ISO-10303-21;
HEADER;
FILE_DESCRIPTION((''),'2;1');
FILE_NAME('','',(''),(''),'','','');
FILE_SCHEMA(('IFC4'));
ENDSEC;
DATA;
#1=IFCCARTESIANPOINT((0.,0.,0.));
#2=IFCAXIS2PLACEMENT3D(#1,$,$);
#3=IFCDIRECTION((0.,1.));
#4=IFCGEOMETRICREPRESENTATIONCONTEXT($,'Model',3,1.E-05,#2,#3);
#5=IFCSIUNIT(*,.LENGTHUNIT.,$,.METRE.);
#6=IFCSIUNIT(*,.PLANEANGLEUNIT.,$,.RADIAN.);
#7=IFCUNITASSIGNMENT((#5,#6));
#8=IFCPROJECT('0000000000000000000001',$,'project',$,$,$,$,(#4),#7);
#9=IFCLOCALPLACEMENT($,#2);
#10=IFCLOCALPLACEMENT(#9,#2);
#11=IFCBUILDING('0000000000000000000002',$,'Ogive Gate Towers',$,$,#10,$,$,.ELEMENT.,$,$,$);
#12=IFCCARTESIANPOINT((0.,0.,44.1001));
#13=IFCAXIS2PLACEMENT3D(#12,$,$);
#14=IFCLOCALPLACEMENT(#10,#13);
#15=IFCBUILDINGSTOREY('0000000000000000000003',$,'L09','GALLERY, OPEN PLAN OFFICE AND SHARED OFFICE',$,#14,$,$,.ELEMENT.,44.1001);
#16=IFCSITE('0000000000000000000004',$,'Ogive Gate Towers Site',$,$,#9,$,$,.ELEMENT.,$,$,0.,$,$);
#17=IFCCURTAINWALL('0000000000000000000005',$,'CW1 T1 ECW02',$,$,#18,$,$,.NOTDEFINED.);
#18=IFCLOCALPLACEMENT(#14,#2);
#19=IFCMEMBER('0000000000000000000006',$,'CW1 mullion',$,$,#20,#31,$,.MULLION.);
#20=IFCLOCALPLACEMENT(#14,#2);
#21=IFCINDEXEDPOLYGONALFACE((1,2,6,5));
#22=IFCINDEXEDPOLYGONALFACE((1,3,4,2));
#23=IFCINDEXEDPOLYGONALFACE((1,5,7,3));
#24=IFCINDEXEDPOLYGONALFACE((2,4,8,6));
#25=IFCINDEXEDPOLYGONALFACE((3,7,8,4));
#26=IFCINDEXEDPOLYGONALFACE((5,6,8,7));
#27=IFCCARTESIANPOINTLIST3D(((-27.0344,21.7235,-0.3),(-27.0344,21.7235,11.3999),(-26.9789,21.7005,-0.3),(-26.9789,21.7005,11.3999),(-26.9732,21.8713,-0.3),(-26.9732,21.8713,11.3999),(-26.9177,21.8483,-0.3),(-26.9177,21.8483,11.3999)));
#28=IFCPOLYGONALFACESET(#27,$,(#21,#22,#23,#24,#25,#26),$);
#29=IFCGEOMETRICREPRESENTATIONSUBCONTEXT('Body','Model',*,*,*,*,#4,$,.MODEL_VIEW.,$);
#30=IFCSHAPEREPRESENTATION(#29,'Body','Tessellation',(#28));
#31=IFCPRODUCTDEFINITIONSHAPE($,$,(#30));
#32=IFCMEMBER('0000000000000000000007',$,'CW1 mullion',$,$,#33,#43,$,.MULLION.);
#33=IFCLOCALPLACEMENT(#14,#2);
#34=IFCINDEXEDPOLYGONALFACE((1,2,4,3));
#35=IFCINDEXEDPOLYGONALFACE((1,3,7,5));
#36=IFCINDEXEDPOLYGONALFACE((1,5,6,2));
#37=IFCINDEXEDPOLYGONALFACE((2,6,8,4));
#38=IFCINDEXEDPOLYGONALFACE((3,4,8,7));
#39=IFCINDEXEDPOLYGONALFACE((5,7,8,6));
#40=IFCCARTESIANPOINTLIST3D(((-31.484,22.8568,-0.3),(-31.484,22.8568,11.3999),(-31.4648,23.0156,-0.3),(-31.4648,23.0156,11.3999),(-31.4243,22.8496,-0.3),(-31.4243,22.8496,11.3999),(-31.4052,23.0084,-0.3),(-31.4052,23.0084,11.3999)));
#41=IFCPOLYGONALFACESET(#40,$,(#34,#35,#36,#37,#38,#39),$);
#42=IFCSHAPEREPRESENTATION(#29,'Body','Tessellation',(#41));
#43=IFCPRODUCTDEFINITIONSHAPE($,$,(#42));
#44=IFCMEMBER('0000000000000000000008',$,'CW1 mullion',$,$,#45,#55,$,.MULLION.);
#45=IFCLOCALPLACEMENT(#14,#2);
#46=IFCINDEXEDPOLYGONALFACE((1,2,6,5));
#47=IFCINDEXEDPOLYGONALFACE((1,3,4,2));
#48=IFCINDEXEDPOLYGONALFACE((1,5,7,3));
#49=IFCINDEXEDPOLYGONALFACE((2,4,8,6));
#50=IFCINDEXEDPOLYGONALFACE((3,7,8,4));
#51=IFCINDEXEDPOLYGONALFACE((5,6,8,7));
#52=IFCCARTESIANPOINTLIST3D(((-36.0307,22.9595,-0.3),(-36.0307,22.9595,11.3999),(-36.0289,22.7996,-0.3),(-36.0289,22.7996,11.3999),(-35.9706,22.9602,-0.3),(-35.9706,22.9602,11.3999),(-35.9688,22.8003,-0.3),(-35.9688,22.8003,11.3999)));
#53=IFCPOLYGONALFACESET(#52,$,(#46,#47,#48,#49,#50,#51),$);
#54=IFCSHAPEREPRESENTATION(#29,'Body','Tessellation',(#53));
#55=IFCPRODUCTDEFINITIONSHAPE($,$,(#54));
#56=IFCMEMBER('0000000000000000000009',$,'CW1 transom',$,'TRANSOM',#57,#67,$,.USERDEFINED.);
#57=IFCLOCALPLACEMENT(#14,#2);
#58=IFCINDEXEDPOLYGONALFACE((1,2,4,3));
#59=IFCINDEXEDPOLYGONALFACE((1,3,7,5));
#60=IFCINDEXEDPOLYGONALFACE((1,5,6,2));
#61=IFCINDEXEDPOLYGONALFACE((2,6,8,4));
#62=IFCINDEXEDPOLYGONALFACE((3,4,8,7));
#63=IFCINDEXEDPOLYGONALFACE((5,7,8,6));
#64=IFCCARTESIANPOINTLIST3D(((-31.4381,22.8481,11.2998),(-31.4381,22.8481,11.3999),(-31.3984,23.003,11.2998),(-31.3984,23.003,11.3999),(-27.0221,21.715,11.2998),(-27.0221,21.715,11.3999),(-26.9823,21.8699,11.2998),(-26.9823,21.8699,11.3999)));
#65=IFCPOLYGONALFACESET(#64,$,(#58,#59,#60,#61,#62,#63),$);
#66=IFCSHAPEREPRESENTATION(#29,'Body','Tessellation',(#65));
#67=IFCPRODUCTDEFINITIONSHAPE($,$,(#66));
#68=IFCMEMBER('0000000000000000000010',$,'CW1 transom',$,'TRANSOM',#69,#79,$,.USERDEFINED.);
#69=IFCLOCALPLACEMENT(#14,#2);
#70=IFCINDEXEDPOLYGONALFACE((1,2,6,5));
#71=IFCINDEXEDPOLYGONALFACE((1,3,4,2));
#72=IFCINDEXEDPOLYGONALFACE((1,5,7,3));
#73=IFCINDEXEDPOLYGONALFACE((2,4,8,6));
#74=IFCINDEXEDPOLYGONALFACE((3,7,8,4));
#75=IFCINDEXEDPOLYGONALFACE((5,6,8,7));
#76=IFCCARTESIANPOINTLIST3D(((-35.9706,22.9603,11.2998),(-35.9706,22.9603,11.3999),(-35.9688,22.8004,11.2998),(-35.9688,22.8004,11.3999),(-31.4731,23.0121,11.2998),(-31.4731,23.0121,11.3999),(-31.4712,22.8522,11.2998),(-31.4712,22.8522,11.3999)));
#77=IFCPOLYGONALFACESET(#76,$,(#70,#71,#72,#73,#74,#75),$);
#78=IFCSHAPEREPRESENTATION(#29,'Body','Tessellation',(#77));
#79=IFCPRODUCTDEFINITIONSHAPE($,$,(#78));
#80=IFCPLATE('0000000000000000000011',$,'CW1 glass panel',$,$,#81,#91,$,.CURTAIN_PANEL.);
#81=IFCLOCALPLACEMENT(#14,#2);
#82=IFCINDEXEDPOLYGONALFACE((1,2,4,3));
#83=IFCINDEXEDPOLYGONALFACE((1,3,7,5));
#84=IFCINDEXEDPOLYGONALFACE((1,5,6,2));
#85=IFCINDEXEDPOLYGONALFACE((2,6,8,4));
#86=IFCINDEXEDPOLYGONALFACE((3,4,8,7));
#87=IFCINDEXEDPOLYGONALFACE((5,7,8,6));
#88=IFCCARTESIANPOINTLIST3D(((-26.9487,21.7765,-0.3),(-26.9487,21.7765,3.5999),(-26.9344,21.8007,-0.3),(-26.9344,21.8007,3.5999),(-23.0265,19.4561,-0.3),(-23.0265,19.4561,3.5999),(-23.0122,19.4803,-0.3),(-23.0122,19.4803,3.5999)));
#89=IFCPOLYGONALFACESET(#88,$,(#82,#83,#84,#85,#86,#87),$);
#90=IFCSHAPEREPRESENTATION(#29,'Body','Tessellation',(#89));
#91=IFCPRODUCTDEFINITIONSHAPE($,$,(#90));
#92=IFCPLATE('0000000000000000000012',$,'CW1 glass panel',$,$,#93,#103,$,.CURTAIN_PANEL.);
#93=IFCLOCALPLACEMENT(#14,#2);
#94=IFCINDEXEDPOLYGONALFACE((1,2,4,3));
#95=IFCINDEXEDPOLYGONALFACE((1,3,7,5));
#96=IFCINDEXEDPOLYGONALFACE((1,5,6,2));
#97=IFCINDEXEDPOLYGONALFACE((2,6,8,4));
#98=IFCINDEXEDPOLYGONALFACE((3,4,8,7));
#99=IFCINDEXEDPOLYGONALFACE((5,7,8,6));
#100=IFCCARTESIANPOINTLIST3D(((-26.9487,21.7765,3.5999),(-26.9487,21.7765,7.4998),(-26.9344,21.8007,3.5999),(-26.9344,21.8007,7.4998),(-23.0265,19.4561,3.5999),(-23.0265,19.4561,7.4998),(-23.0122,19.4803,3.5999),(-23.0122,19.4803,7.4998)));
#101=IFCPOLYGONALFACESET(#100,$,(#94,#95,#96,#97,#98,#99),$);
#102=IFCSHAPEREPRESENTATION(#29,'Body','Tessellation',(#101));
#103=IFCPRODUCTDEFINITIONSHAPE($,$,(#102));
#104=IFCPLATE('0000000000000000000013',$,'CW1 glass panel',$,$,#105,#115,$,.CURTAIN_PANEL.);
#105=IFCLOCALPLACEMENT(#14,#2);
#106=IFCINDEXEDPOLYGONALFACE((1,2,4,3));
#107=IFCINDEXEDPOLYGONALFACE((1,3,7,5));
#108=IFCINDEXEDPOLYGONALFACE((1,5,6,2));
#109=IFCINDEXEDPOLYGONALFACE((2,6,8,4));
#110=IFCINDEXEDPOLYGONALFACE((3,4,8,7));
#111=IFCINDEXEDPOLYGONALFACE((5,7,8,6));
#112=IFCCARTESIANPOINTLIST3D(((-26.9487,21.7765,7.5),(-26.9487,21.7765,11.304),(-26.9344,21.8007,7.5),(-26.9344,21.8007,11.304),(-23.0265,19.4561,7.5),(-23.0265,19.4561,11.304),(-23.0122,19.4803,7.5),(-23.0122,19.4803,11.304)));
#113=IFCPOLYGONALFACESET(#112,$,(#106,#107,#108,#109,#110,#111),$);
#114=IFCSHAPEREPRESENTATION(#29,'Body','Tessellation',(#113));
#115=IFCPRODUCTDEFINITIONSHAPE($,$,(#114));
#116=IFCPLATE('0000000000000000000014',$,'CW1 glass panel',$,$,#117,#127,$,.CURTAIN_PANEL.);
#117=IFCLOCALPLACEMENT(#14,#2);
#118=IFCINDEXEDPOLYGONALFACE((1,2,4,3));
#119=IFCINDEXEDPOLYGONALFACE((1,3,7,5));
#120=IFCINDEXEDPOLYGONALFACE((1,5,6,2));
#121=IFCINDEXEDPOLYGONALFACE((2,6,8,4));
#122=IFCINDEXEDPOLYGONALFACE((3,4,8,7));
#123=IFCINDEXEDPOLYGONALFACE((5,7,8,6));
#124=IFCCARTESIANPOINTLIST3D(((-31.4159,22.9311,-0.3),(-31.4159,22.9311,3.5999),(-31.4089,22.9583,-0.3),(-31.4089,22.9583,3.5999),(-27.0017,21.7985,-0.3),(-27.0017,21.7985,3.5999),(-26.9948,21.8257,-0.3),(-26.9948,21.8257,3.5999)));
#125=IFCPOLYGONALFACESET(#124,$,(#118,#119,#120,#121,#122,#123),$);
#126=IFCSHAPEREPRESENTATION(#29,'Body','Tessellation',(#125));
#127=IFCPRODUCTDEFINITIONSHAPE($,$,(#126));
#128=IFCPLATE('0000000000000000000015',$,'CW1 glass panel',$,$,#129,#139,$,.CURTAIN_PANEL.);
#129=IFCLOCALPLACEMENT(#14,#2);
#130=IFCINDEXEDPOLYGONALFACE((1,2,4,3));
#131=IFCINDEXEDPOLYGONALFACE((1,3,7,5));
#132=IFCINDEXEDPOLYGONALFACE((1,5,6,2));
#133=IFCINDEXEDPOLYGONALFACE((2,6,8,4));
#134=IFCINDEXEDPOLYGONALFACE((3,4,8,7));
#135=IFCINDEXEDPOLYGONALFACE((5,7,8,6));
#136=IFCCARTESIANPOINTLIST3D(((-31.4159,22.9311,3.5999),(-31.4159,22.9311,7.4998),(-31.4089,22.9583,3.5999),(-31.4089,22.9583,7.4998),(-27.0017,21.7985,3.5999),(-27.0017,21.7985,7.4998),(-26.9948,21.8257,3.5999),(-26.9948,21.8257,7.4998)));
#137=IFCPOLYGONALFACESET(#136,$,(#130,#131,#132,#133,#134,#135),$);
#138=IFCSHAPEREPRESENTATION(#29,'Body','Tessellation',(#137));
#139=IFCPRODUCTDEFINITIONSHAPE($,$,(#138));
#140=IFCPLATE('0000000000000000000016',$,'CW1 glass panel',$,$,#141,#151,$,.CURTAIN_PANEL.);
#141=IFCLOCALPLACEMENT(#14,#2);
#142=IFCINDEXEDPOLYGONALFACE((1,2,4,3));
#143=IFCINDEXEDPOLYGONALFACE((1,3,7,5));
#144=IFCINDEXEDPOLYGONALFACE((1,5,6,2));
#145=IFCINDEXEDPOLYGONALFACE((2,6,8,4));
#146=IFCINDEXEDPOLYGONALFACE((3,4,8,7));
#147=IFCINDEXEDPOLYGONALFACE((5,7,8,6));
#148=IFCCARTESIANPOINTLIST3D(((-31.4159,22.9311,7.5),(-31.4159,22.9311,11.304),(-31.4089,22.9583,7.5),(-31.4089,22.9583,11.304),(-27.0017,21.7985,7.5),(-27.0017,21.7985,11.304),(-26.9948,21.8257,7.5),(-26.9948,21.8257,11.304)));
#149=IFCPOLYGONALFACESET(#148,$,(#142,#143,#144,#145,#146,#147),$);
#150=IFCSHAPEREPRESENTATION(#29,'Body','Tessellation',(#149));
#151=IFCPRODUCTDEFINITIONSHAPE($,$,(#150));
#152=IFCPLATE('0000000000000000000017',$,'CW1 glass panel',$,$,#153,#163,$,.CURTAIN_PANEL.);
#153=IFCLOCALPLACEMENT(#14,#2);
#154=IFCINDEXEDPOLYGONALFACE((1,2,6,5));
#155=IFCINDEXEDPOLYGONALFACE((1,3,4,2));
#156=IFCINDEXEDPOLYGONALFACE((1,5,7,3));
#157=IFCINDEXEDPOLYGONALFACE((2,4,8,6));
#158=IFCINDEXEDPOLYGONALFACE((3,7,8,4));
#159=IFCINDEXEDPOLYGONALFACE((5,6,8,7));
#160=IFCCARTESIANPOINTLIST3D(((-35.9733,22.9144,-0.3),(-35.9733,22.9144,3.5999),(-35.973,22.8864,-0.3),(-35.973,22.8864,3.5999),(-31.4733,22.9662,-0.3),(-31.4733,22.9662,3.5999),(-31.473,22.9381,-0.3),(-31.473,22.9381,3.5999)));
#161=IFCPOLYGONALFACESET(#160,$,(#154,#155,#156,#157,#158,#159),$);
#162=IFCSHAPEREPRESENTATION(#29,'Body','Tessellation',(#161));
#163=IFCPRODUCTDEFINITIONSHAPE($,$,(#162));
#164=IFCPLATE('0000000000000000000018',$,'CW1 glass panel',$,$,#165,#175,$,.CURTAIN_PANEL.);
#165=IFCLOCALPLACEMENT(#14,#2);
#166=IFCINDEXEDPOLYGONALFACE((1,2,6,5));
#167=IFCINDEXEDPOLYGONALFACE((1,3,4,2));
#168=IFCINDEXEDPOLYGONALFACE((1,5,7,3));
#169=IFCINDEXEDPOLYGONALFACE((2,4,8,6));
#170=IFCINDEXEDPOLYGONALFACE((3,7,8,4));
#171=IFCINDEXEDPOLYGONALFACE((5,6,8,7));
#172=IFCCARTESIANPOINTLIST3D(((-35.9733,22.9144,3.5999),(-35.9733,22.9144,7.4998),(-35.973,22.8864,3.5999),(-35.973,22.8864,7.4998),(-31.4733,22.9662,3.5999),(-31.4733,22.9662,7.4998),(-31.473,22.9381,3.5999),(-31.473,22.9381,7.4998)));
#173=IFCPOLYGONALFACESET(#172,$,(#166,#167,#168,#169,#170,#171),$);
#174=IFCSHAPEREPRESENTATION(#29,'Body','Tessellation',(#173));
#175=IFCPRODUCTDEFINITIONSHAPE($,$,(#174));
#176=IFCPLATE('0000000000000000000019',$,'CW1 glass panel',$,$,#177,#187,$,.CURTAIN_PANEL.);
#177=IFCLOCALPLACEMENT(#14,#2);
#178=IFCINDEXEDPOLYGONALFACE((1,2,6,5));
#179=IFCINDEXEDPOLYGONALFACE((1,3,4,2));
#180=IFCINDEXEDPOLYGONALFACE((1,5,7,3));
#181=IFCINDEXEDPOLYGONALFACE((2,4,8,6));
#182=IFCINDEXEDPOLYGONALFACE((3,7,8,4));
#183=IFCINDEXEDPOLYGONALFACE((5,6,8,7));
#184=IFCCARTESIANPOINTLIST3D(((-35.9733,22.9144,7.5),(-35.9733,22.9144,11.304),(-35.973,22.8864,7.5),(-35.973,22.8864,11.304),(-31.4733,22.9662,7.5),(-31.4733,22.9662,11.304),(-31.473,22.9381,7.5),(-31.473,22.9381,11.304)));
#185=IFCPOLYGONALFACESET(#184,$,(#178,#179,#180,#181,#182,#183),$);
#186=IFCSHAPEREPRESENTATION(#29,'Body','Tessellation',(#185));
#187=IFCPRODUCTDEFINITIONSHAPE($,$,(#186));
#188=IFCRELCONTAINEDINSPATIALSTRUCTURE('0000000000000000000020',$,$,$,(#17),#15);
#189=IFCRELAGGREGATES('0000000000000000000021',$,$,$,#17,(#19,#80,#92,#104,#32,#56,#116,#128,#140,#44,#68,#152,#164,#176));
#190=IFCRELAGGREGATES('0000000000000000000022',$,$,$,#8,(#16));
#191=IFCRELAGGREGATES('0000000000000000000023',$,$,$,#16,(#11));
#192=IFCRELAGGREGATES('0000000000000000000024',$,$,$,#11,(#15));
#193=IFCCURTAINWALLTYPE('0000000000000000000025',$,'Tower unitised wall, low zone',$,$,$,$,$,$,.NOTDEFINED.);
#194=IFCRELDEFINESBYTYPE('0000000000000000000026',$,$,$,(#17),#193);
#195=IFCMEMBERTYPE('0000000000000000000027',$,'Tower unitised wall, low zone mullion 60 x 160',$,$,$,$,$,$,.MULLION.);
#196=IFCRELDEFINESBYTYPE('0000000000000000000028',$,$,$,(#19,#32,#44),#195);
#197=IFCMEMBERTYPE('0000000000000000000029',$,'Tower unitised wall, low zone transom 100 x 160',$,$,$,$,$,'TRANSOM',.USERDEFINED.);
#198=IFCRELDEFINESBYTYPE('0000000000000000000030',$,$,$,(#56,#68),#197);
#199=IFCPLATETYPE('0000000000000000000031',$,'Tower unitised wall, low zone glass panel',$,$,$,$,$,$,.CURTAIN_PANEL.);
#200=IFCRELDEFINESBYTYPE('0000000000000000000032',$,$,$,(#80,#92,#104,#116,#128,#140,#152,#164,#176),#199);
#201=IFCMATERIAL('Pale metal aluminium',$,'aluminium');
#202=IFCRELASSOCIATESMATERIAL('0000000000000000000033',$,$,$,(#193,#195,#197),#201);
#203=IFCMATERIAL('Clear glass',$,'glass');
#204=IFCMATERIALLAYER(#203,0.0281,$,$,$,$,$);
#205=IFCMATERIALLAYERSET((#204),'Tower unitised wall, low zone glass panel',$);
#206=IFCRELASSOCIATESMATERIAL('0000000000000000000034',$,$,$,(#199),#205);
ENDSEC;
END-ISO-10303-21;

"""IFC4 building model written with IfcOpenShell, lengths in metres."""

from ifc_helpers import new_model, si_unit, direction, frame, origin, origin_2d, place, context, subcontext, project, spatial, rectangle, extrude, material, layer, layer_set, material_profile, profile_set, type_object, element, aggregate, save


model = new_model("IFC4")

# Units and contexts
model_context = context("Model", 3, precision=1e-05, world=origin(), true_north=direction((0.0, 1.0)))
body_context = subcontext(model_context, "Body", "Model", "MODEL_VIEW")
ifc_project = project(units=[si_unit("LENGTHUNIT", "METRE"), si_unit("PLANEANGLEUNIT", "RADIAN")], contexts=[model_context])

# Site, building, storey
site_placement = place(None, origin())
site = spatial("IfcSite", under=ifc_project, at=site_placement, Name="Ogive Gate Towers Site", CompositionType="ELEMENT", RefElevation=0.0)
building_placement = place(site_placement, origin())
building = spatial("IfcBuilding", under=site, at=building_placement, Name="Ogive Gate Towers", CompositionType="ELEMENT")
storey_placement = place(building_placement, frame((0.0, 0.0, 44.1001)))
storey = spatial("IfcBuildingStorey", under=building, at=storey_placement, Name="L09", Description="GALLERY, OPEN PLAN OFFICE AND SHARED OFFICE", CompositionType="ELEMENT", Elevation=44.1001)

# Curtain wall, members, plates
ifc_material_1 = material(Name="Pale metal aluminium", Category="aluminium")
curtain_wall_type = type_object("IfcCurtainWallType", Name="Tower unitised wall, low zone", PredefinedType="NOTDEFINED", material=ifc_material_1)
curtain_wall_placement = place(storey_placement, origin())
curtain_wall = element("IfcCurtainWall", 1, at=curtain_wall_placement, inside=storey, type_object=curtain_wall_type, Name="CW1 T1 ECW02", PredefinedType="NOTDEFINED")
ifc_material_profile_1 = material_profile(ifc_material_1, rectangle(XDim=0.1599, YDim=0.0601, at=origin_2d()), Name="60 x 160 aluminium box")
ifc_profile_set_1 = profile_set([ifc_material_profile_1], Name="Pale metal aluminium")
member_type_1 = type_object("IfcMemberType", Name="Tower unitised wall, low zone mullion 60 x 160", PredefinedType="MULLION", material=ifc_profile_set_1)
member_1_placement = place(storey_placement, frame((-26.9761, 21.7859, -0.3), z_axis=(0.0, 0.0, 1.0), x_axis=(0.382683, 0.92388, 0.0)))
member_1 = element("IfcMember", 2, at=member_1_placement, type_object=member_type_1, Name="CW1 mullion", PredefinedType="MULLION", context=body_context, shape_type="SweptSolid", body=[
    extrude(rectangle(XDim=0.1599, YDim=0.0601, at=origin_2d()), origin(), (0.0, 0.0, 1.0), 11.7),
])
member_2_placement = place(storey_placement, frame((-31.4446, 22.9326, -0.3), z_axis=(0.0, 0.0, 1.0), x_axis=(0.119548, 0.992828, 0.0)))
member_2 = element("IfcMember", 3, at=member_2_placement, type_object=member_type_1, Name="CW1 mullion", PredefinedType="MULLION", context=body_context, shape_type="SweptSolid", body=[
    extrude(rectangle(XDim=0.1599, YDim=0.0601, at=origin_2d()), origin(), (0.0, 0.0, 1.0), 11.7),
])
member_3_placement = place(storey_placement, frame((-35.9998, 22.8799, -0.3), z_axis=(0.0, 0.0, 1.0), x_axis=(-0.011501, 0.999934, 0.0)))
member_3 = element("IfcMember", 4, at=member_3_placement, type_object=member_type_1, Name="CW1 mullion", PredefinedType="MULLION", context=body_context, shape_type="SweptSolid", body=[
    extrude(rectangle(XDim=0.1599, YDim=0.0601, at=origin_2d()), origin(), (0.0, 0.0, 1.0), 11.7),
])
ifc_material_profile_2 = material_profile(ifc_material_1, rectangle(XDim=0.1599, YDim=0.1001, at=origin_2d()), Name="100 x 160 aluminium box")
ifc_profile_set_2 = profile_set([ifc_material_profile_2], Name="Pale metal aluminium")
member_type_2 = type_object("IfcMemberType", Name="Tower unitised wall, low zone transom 100 x 160", ElementType="TRANSOM", PredefinedType="USERDEFINED", material=ifc_profile_set_2)
member_4_placement = place(storey_placement, frame((-27.0022, 21.7925, 11.3499), z_axis=(-0.968625, 0.248529, 0.0), x_axis=(-0.248529, -0.968625, 0.0)))
member_4 = element("IfcMember", 5, at=member_4_placement, type_object=member_type_2, Name="CW1 transom", ObjectType="TRANSOM", PredefinedType="USERDEFINED", context=body_context, shape_type="SweptSolid", body=[
    extrude(rectangle(XDim=0.1599, YDim=0.1001, at=origin_2d()), origin(), (0.0, 0.0, 1.0), 4.5591),
])
member_5_placement = place(storey_placement, frame((-31.4722, 22.9321, 11.3499), z_axis=(-0.999934, -0.011507, 0.0), x_axis=(0.011507, -0.999934, 0.0)))
member_5 = element("IfcMember", 6, at=member_5_placement, type_object=member_type_2, Name="CW1 transom", ObjectType="TRANSOM", PredefinedType="USERDEFINED", context=body_context, shape_type="SweptSolid", body=[
    extrude(rectangle(XDim=0.1599, YDim=0.1001, at=origin_2d()), origin(), (0.0, 0.0, 1.0), 4.4978),
])
ifc_material_2 = material(Name="Clear glass", Category="glass")
ifc_layer_1 = layer(ifc_material_2, 0.0281)
ifc_layer_set_1 = layer_set([ifc_layer_1], Name="Tower unitised wall, low zone glass panel")
plate_type = type_object("IfcPlateType", Name="Tower unitised wall, low zone glass panel", PredefinedType="CURTAIN_PANEL", material=ifc_layer_set_1)
plate_1_placement = place(storey_placement, frame((-24.9805, 20.6284, -0.3), z_axis=(0.0, 0.0, 1.0), x_axis=(-0.860662, 0.509177, 0.0)))
plate_1 = element("IfcPlate", 7, at=plate_1_placement, type_object=plate_type, Name="CW1 glass panel", PredefinedType="CURTAIN_PANEL", context=body_context, shape_type="SweptSolid", body=[
    extrude(rectangle(XDim=4.5571, YDim=0.0281, at=origin_2d()), origin(), (0.0, 0.0, 1.0), 3.8999),
])
plate_2_placement = place(storey_placement, frame((-24.9805, 20.6284, 3.5999), z_axis=(0.0, 0.0, 1.0), x_axis=(-0.860662, 0.509177, 0.0)))
plate_2 = element("IfcPlate", 8, at=plate_2_placement, type_object=plate_type, Name="CW1 glass panel", PredefinedType="CURTAIN_PANEL", context=body_context, shape_type="SweptSolid", body=[
    extrude(rectangle(XDim=4.5571, YDim=0.0281, at=origin_2d()), origin(), (0.0, 0.0, 1.0), 3.8999),
])
plate_3_placement = place(storey_placement, frame((-24.9805, 20.6284, 7.5), z_axis=(0.0, 0.0, 1.0), x_axis=(-0.860662, 0.509177, 0.0)))
plate_3 = element("IfcPlate", 9, at=plate_3_placement, type_object=plate_type, Name="CW1 glass panel", PredefinedType="CURTAIN_PANEL", context=body_context, shape_type="SweptSolid", body=[
    extrude(rectangle(XDim=4.5571, YDim=0.0281, at=origin_2d()), origin(), (0.0, 0.0, 1.0), 3.804),
])
plate_4_placement = place(storey_placement, frame((-29.2053, 22.3784, -0.3), z_axis=(0.0, 0.0, 1.0), x_axis=(-0.968627, 0.248521, 0.0)))
plate_4 = element("IfcPlate", 10, at=plate_4_placement, type_object=plate_type, Name="CW1 glass panel", PredefinedType="CURTAIN_PANEL", context=body_context, shape_type="SweptSolid", body=[
    extrude(rectangle(XDim=4.5571, YDim=0.0281, at=origin_2d()), origin(), (0.0, 0.0, 1.0), 3.8999),
])
plate_5_placement = place(storey_placement, frame((-29.2053, 22.3784, 3.5999), z_axis=(0.0, 0.0, 1.0), x_axis=(-0.968627, 0.248521, 0.0)))
plate_5 = element("IfcPlate", 11, at=plate_5_placement, type_object=plate_type, Name="CW1 glass panel", PredefinedType="CURTAIN_PANEL", context=body_context, shape_type="SweptSolid", body=[
    extrude(rectangle(XDim=4.5571, YDim=0.0281, at=origin_2d()), origin(), (0.0, 0.0, 1.0), 3.8999),
])
plate_6_placement = place(storey_placement, frame((-29.2053, 22.3784, 7.5), z_axis=(0.0, 0.0, 1.0), x_axis=(-0.968627, 0.248521, 0.0)))
plate_6 = element("IfcPlate", 12, at=plate_6_placement, type_object=plate_type, Name="CW1 glass panel", PredefinedType="CURTAIN_PANEL", context=body_context, shape_type="SweptSolid", body=[
    extrude(rectangle(XDim=4.5571, YDim=0.0281, at=origin_2d()), origin(), (0.0, 0.0, 1.0), 3.804),
])
plate_7_placement = place(storey_placement, frame((-33.7231, 22.9263, -0.3), z_axis=(0.0, 0.0, 1.0), x_axis=(-0.999934, -0.011501, 0.0)))
plate_7 = element("IfcPlate", 13, at=plate_7_placement, type_object=plate_type, Name="CW1 glass panel", PredefinedType="CURTAIN_PANEL", context=body_context, shape_type="SweptSolid", body=[
    extrude(rectangle(XDim=4.5002, YDim=0.0281, at=origin_2d()), origin(), (0.0, 0.0, 1.0), 3.8999),
])
plate_8_placement = place(storey_placement, frame((-33.7231, 22.9263, 3.5999), z_axis=(0.0, 0.0, 1.0), x_axis=(-0.999934, -0.011501, 0.0)))
plate_8 = element("IfcPlate", 14, at=plate_8_placement, type_object=plate_type, Name="CW1 glass panel", PredefinedType="CURTAIN_PANEL", context=body_context, shape_type="SweptSolid", body=[
    extrude(rectangle(XDim=4.5002, YDim=0.0281, at=origin_2d()), origin(), (0.0, 0.0, 1.0), 3.8999),
])
plate_9_placement = place(storey_placement, frame((-33.7231, 22.9263, 7.5), z_axis=(0.0, 0.0, 1.0), x_axis=(-0.999934, -0.011501, 0.0)))
plate_9 = element("IfcPlate", 15, at=plate_9_placement, type_object=plate_type, Name="CW1 glass panel", PredefinedType="CURTAIN_PANEL", context=body_context, shape_type="SweptSolid", body=[
    extrude(rectangle(XDim=4.5002, YDim=0.0281, at=origin_2d()), origin(), (0.0, 0.0, 1.0), 3.804),
])
aggregate(curtain_wall, [member_1, plate_1, plate_2, plate_3, member_2, member_4, plate_4, plate_5, plate_6, member_3, member_5, plate_7, plate_8, plate_9])

save(model, "model.ifc")
